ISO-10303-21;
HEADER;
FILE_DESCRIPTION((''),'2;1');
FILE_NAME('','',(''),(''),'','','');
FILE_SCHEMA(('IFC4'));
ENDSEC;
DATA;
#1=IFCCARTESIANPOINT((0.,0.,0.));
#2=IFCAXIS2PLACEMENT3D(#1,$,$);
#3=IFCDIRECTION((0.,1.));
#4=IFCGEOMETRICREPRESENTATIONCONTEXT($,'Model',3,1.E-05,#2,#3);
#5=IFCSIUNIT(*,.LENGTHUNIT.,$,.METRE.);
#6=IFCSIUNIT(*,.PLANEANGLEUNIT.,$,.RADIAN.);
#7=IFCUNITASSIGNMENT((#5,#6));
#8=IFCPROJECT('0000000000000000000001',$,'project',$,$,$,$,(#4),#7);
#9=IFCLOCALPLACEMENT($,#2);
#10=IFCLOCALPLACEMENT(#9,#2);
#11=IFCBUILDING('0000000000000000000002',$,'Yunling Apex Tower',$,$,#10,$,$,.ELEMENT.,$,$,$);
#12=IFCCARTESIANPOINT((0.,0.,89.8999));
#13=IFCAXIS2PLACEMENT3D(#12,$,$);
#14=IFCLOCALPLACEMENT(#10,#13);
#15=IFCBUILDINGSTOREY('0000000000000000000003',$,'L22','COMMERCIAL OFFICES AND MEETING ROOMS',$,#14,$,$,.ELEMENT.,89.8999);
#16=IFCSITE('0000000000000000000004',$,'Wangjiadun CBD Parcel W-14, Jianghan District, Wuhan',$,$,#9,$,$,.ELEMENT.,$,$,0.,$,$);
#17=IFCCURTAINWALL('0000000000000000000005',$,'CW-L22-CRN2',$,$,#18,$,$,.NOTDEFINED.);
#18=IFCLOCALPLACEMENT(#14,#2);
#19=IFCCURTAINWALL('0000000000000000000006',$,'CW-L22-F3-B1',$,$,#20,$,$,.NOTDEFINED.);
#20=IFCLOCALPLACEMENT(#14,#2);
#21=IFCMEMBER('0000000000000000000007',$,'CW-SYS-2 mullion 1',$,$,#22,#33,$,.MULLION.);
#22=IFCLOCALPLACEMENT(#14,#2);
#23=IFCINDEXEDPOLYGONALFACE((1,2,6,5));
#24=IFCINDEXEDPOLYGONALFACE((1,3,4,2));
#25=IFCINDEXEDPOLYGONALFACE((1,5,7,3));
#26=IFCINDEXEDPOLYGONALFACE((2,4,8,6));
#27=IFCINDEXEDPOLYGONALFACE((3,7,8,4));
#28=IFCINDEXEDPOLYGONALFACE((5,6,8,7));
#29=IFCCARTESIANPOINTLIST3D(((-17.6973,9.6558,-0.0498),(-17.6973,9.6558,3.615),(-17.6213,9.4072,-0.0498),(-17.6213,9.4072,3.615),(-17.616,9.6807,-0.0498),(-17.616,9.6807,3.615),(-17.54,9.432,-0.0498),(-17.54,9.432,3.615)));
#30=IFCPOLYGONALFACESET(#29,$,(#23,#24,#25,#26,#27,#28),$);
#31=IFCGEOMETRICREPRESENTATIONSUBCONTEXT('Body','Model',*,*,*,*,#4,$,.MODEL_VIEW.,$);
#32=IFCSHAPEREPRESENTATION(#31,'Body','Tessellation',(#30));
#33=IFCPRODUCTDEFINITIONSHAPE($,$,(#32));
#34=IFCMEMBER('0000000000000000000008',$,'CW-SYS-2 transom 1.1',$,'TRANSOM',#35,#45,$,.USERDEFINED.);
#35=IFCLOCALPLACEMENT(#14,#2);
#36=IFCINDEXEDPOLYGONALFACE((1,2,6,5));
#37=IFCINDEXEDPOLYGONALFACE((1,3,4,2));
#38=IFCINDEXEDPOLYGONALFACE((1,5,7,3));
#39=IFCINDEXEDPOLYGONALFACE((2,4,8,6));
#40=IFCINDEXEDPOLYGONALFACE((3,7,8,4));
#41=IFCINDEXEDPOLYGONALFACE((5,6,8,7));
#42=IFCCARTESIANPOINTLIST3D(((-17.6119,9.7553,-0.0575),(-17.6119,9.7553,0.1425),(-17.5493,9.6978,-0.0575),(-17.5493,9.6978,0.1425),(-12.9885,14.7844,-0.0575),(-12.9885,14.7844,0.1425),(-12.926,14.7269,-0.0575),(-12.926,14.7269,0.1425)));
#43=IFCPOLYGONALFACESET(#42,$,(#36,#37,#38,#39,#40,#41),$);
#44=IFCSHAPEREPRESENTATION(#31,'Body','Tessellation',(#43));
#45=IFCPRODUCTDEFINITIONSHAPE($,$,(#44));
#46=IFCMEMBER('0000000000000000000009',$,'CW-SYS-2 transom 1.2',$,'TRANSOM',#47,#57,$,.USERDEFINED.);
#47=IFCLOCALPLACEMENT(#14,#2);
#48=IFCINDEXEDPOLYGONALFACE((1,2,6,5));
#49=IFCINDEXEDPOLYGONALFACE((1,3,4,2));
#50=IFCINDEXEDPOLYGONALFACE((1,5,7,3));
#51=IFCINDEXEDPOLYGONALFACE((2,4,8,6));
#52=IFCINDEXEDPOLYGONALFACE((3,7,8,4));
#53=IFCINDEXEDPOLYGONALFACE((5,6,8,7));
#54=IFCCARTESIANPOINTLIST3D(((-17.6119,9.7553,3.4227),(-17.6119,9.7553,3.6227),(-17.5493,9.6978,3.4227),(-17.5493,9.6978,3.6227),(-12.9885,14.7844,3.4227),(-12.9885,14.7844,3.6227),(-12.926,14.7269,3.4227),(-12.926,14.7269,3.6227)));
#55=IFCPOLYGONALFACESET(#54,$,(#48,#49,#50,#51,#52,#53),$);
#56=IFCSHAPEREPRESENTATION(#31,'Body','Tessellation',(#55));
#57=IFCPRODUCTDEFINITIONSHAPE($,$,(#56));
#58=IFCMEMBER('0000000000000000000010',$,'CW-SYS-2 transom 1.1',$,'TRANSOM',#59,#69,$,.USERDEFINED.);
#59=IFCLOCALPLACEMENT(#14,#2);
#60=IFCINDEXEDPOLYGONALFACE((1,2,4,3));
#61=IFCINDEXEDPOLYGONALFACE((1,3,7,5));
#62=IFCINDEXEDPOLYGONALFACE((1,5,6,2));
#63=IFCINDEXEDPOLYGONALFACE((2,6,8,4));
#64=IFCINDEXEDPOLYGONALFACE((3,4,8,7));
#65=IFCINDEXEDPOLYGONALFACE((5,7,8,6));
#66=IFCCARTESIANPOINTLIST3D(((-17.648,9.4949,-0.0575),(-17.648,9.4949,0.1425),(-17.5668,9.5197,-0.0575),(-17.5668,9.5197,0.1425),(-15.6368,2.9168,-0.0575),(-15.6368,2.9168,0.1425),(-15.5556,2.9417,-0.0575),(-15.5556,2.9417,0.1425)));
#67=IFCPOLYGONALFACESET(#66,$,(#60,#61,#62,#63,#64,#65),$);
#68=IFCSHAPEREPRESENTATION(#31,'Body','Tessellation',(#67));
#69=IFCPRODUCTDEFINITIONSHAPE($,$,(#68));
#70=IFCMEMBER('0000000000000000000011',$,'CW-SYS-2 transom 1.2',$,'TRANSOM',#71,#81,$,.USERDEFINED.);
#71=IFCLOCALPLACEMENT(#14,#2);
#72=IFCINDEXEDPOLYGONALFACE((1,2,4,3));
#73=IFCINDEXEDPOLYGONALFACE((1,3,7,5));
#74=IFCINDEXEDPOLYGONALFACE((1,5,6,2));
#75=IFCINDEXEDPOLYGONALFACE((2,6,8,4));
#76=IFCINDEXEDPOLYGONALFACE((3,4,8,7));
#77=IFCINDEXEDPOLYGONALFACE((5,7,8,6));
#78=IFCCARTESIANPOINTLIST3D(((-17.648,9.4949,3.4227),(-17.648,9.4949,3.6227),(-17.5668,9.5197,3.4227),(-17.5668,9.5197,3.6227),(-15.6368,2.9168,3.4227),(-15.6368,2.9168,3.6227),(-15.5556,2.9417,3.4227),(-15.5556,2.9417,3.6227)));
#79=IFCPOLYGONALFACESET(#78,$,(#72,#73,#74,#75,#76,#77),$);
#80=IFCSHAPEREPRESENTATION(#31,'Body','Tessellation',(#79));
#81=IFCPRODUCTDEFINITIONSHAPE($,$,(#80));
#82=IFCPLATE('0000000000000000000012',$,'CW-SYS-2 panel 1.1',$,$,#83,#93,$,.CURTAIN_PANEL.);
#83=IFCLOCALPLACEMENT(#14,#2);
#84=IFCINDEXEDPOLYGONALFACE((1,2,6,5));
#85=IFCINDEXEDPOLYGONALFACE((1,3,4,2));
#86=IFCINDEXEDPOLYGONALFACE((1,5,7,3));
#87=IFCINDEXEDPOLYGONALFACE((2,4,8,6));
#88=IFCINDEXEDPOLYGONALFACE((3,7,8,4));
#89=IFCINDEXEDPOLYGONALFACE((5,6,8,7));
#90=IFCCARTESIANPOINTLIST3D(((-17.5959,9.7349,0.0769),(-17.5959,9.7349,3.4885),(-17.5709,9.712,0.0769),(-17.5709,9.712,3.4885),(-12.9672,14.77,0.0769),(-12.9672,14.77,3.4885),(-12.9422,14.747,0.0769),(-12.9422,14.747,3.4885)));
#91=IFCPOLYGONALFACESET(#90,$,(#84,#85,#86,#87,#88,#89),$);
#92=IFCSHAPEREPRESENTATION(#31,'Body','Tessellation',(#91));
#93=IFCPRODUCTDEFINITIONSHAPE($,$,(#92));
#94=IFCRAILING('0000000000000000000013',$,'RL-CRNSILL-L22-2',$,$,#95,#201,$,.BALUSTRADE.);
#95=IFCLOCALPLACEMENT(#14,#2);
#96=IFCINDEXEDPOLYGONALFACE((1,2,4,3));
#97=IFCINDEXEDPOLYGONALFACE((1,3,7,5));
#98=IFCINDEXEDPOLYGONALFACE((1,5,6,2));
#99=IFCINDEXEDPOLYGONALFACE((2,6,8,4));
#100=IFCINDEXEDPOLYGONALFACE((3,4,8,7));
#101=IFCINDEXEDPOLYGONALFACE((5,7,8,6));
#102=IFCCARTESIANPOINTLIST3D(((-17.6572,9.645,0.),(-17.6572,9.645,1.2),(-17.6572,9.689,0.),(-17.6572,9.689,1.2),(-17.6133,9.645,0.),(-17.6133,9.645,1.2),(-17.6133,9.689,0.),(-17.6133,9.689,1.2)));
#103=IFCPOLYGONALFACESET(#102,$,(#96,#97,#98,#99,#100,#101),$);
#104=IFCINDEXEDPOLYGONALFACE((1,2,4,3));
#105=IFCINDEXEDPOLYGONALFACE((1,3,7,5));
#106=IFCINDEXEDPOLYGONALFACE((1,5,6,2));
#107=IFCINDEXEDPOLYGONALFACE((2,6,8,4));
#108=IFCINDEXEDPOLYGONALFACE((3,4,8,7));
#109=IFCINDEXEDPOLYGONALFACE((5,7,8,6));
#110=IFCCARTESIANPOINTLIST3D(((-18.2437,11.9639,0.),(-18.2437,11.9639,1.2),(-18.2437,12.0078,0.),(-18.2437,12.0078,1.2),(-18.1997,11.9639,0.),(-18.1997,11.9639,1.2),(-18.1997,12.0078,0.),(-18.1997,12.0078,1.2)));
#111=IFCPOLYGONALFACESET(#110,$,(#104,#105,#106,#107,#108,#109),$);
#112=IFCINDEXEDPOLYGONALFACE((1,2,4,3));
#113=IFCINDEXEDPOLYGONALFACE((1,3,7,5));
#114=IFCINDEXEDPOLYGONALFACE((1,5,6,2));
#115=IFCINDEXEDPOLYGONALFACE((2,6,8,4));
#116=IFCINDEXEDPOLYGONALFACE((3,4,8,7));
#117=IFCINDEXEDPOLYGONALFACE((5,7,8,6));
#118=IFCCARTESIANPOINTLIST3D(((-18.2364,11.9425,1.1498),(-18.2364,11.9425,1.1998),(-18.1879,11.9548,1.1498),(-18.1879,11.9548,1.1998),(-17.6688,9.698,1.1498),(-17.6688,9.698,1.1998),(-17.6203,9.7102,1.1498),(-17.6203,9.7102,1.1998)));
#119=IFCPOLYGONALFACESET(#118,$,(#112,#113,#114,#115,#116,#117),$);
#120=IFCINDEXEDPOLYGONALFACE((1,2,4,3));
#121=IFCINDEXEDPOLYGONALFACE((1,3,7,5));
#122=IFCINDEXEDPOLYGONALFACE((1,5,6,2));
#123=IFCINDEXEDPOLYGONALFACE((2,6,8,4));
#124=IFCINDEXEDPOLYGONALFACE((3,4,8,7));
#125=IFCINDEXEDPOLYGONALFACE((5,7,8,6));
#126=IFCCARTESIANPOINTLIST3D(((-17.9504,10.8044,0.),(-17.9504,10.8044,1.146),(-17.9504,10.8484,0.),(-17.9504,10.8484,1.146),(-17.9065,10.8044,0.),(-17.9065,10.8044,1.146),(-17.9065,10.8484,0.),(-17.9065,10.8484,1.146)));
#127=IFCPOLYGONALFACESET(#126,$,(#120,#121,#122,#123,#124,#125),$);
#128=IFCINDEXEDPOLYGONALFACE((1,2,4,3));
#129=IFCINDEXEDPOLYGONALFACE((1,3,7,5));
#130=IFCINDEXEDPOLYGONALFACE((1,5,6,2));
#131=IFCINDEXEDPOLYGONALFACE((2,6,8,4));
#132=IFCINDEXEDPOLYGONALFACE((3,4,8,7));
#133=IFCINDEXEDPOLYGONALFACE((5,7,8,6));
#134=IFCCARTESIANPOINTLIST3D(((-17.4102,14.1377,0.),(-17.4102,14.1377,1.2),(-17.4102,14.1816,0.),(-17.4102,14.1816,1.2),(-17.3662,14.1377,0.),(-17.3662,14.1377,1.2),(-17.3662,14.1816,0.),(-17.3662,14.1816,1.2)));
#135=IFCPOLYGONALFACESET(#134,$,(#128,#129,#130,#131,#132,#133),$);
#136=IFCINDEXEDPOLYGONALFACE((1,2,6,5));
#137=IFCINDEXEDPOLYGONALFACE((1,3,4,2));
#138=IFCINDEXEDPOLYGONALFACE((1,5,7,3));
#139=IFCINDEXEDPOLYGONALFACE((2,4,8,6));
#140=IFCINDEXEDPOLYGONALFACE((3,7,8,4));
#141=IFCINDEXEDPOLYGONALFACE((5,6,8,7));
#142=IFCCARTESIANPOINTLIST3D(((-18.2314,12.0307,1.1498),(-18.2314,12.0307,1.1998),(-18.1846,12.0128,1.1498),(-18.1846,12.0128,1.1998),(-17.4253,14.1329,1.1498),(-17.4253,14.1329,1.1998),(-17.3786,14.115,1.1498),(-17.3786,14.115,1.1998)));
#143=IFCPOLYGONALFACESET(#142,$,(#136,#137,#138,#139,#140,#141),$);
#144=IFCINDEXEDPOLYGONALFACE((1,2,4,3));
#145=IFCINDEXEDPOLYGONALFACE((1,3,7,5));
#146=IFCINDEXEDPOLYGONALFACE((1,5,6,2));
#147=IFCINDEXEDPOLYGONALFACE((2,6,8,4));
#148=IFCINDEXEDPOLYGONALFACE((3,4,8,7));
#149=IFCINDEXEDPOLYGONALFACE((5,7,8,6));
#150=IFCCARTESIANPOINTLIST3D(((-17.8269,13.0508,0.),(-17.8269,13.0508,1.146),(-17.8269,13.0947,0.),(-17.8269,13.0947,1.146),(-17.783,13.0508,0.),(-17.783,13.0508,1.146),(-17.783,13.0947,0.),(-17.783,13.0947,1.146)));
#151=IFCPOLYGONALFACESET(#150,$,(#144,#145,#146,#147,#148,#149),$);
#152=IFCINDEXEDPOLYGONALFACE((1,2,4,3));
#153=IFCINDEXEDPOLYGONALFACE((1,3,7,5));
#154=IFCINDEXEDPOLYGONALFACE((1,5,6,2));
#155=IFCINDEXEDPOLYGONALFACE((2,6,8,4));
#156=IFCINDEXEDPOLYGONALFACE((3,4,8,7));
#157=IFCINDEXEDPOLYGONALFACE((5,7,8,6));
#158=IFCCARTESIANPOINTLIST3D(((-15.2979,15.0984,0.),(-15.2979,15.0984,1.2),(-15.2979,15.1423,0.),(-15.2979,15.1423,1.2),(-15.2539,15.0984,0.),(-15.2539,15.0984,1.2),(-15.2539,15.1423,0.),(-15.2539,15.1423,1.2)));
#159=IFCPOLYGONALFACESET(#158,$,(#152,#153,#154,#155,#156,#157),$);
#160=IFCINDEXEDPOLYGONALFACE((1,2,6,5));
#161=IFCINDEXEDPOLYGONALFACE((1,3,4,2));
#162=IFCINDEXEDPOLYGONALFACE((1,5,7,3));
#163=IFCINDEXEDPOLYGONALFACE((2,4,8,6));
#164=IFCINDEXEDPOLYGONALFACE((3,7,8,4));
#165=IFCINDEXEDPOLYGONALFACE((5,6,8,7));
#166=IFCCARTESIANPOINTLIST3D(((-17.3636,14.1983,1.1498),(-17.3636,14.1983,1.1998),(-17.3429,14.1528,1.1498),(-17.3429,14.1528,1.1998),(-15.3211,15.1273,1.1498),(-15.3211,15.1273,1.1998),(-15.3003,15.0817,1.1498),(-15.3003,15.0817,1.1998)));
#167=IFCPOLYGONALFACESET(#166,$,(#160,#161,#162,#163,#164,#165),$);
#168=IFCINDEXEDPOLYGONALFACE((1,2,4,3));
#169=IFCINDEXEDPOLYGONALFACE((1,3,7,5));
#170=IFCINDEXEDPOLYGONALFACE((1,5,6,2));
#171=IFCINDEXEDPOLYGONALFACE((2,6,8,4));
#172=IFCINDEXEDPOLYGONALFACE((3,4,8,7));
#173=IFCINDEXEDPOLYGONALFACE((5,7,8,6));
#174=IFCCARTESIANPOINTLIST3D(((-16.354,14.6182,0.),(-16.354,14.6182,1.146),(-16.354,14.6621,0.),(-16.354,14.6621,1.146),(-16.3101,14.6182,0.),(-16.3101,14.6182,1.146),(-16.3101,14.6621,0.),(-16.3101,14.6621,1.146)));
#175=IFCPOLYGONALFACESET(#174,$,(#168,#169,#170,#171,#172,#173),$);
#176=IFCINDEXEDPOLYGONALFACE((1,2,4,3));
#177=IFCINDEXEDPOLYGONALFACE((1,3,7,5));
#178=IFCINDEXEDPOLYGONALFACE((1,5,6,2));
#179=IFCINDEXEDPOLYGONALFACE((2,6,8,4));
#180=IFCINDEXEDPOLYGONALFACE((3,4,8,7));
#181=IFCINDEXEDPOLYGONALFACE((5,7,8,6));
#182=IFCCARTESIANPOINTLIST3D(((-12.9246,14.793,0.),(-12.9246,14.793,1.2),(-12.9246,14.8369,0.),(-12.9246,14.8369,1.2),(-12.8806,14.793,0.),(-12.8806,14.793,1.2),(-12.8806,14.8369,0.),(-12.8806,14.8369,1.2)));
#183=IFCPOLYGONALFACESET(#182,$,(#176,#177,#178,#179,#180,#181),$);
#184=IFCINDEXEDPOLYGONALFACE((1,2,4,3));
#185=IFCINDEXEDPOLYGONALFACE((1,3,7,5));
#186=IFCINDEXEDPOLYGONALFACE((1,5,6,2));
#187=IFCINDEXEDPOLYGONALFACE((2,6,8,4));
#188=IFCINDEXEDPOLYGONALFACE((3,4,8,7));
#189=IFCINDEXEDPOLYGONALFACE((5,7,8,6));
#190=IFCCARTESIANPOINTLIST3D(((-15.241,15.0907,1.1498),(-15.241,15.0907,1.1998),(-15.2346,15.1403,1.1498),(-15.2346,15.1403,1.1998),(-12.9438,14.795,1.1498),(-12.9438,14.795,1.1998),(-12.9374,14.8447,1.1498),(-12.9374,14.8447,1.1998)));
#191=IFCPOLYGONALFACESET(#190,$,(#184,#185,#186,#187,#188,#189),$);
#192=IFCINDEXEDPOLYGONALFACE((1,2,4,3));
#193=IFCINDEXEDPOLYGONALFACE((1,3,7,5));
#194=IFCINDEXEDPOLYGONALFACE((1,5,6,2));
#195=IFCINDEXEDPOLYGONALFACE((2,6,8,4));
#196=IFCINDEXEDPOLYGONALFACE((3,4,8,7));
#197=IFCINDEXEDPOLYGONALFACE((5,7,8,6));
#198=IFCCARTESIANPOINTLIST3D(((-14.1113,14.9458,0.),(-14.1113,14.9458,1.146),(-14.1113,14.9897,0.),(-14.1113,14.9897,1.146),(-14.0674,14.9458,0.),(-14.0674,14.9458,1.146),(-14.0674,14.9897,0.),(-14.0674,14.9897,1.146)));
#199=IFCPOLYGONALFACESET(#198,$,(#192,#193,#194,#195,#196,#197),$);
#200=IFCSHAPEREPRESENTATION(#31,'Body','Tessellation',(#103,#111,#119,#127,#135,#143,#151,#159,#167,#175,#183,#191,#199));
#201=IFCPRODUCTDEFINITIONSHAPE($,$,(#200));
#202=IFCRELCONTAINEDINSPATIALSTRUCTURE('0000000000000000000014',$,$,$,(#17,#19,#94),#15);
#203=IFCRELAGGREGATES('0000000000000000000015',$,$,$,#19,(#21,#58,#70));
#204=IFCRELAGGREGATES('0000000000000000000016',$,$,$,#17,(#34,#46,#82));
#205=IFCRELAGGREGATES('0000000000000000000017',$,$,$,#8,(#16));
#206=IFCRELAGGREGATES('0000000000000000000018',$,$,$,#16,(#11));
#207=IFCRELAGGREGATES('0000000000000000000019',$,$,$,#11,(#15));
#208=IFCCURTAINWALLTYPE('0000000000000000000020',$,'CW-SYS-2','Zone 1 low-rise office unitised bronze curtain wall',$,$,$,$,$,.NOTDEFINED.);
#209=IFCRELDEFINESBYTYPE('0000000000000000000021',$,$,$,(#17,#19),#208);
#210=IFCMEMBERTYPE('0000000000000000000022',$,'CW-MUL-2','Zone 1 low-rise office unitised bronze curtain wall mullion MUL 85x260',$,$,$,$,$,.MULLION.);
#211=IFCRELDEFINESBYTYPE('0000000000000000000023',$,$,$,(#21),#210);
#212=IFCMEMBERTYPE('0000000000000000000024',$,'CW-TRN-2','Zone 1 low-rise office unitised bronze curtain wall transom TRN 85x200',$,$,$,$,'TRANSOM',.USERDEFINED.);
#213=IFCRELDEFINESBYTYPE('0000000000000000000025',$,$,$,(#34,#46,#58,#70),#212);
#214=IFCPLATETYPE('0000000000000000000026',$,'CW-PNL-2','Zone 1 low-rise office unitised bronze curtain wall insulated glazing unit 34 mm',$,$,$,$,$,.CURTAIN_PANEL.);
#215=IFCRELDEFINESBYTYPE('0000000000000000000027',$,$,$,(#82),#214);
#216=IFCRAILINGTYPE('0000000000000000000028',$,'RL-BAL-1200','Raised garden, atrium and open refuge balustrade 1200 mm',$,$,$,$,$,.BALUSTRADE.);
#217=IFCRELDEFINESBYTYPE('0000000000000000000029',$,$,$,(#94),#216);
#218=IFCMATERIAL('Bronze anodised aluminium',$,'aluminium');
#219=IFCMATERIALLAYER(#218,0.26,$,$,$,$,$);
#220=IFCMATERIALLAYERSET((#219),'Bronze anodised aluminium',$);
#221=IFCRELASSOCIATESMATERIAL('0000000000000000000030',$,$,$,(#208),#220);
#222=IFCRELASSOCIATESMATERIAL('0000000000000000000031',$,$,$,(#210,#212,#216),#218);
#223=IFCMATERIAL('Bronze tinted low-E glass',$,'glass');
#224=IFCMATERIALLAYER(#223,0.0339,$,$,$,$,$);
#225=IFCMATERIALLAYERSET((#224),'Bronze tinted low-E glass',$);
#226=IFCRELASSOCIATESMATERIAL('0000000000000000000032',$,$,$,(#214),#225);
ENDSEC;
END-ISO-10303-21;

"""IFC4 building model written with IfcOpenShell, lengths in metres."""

from ifc_helpers import new_model, si_unit, direction, frame, origin, origin_2d, place, context, subcontext, project, spatial, rectangle, extrude, source, transform, mapped, material, layer, layer_set, material_profile, profile_set, type_object, element, aggregate, save


model = new_model("IFC4")

# Units and contexts
model_context = context("Model", 3, precision=1e-05, world=origin(), true_north=direction((0.0, 1.0)))
body_context = subcontext(model_context, "Body", "Model", "MODEL_VIEW")
ifc_project = project(units=[si_unit("LENGTHUNIT", "METRE"), si_unit("PLANEANGLEUNIT", "RADIAN")], contexts=[model_context])

# Site, building, storey
site_placement = place(None, origin())
site = spatial("IfcSite", under=ifc_project, at=site_placement, Name="Wangjiadun CBD Parcel W-14, Jianghan District, Wuhan", CompositionType="ELEMENT", RefElevation=0.0)
building_placement = place(site_placement, origin())
building = spatial("IfcBuilding", under=site, at=building_placement, Name="Yunling Apex Tower", CompositionType="ELEMENT")
storey_placement = place(building_placement, frame((0.0, 0.0, 89.8999)))
storey = spatial("IfcBuildingStorey", under=building, at=storey_placement, Name="L22", Description="COMMERCIAL OFFICES AND MEETING ROOMS", CompositionType="ELEMENT", Elevation=89.8999)

# Shared definitions
ifc_material_1 = material(Name="Bronze anodised aluminium", Category="aluminium")
ifc_layer_1 = layer(ifc_material_1, 0.26)
ifc_layer_set_1 = layer_set([ifc_layer_1], Name="Bronze anodised aluminium")
curtain_wall_type = type_object("IfcCurtainWallType", Name="CW-SYS-2", Description="Zone 1 low-rise office unitised bronze curtain wall", PredefinedType="NOTDEFINED", material=ifc_layer_set_1)
ifc_material_profile_1 = material_profile(ifc_material_1, rectangle(XDim=0.085, YDim=0.26, at=origin_2d()))
ifc_profile_set_1 = profile_set([ifc_material_profile_1], Name="Bronze anodised aluminium")
member_type_1 = type_object("IfcMemberType", Name="CW-MUL-2", Description="Zone 1 low-rise office unitised bronze curtain wall mullion MUL 85x260", PredefinedType="MULLION", material=ifc_profile_set_1)
shared_shape_1 = source(origin(), body_context, "Body", "SweptSolid", [
    extrude(rectangle(XDim=0.085, YDim=0.26, at=origin_2d()), origin(), (0.0, 0.0, 1.0), 3.6648),
])

# Curtain wall
curtain_wall_1_placement = place(storey_placement, origin())
curtain_wall_1 = element("IfcCurtainWall", 1, at=curtain_wall_1_placement, inside=storey, type_object=curtain_wall_type, Name="CW-L22-CRN2", PredefinedType="NOTDEFINED")

# Curtain wall, member
curtain_wall_2_placement = place(storey_placement, origin())
curtain_wall_2 = element("IfcCurtainWall", 2, at=curtain_wall_2_placement, inside=storey, type_object=curtain_wall_type, Name="CW-L22-F3-B1", PredefinedType="NOTDEFINED")
member_1_placement = place(storey_placement, frame((-17.6187, 9.5439, -0.0498), z_axis=(0.0, 0.0, 1.0), x_axis=(0.956304, 0.292373, 0.0)))
member_1 = element("IfcMember", 3, at=member_1_placement, type_object=member_type_1, Name="CW-SYS-2 mullion 1", PredefinedType="MULLION", context=body_context, shape_type="MappedRepresentation", body=[
    mapped(shared_shape_1, transform((0.0, 0.0, 0.0), scale=1.0)),
])

# Members
ifc_material_profile_2 = material_profile(ifc_material_1, rectangle(XDim=0.085, YDim=0.2, at=origin_2d()))
ifc_profile_set_2 = profile_set([ifc_material_profile_2], Name="Bronze anodised aluminium")
member_type_2 = type_object("IfcMemberType", Name="CW-TRN-2", Description="Zone 1 low-rise office unitised bronze curtain wall transom TRN 85x200", ElementType="TRANSOM", PredefinedType="USERDEFINED", material=ifc_profile_set_2)
shared_shape_2 = source(origin(), body_context, "Body", "SweptSolid", [
    extrude(rectangle(XDim=0.085, YDim=0.2, at=origin_2d()), origin(), (0.0, 0.0, 1.0), 6.8313),
])
member_2_placement = place(storey_placement, frame((-12.9573, 14.7556, 0.0425), z_axis=(-0.676784, -0.736182, 0.0), x_axis=(0.736182, -0.676784, 0.0)))
member_2 = element("IfcMember", 4, at=member_2_placement, type_object=member_type_2, Name="CW-SYS-2 transom 1.1", ObjectType="TRANSOM", PredefinedType="USERDEFINED", context=body_context, shape_type="MappedRepresentation", body=[
    mapped(shared_shape_2, transform((0.0, 0.0, 0.0), scale=1.0)),
])
member_3_placement = place(storey_placement, frame((-12.9573, 14.7556, 3.5227), z_axis=(-0.676784, -0.736182, 0.0), x_axis=(0.736182, -0.676784, 0.0)))
member_3 = element("IfcMember", 5, at=member_3_placement, type_object=member_type_2, Name="CW-SYS-2 transom 1.2", ObjectType="TRANSOM", PredefinedType="USERDEFINED", context=body_context, shape_type="MappedRepresentation", body=[
    mapped(shared_shape_2, transform((0.0, 0.0, 0.0), scale=1.0)),
])
shared_shape_3 = source(origin(), body_context, "Body", "SweptSolid", [
    extrude(rectangle(XDim=0.085, YDim=0.2, at=origin_2d()), origin(), (0.0, 0.0, 1.0), 6.8787),
])
member_4_placement = place(storey_placement, frame((-17.6074, 9.5073, 0.0425), z_axis=(0.292384, -0.956301, 0.0), x_axis=(0.956301, 0.292384, 0.0)))
member_4 = element("IfcMember", 6, at=member_4_placement, type_object=member_type_2, Name="CW-SYS-2 transom 1.1", ObjectType="TRANSOM", PredefinedType="USERDEFINED", context=body_context, shape_type="MappedRepresentation", body=[
    mapped(shared_shape_3, transform((0.0, 0.0, 0.0), scale=1.0)),
])
member_5_placement = place(storey_placement, frame((-17.6074, 9.5073, 3.5227), z_axis=(0.292384, -0.956301, 0.0), x_axis=(0.956301, 0.292384, 0.0)))
member_5 = element("IfcMember", 7, at=member_5_placement, type_object=member_type_2, Name="CW-SYS-2 transom 1.2", ObjectType="TRANSOM", PredefinedType="USERDEFINED", context=body_context, shape_type="MappedRepresentation", body=[
    mapped(shared_shape_3, transform((0.0, 0.0, 0.0), scale=1.0)),
])
aggregate(curtain_wall_2, [member_1, member_4, member_5])

# Plate
ifc_material_2 = material(Name="Bronze tinted low-E glass", Category="glass")
ifc_layer_2 = layer(ifc_material_2, 0.0339)
ifc_layer_set_2 = layer_set([ifc_layer_2], Name="Bronze tinted low-E glass")
plate_type = type_object("IfcPlateType", Name="CW-PNL-2", Description="Zone 1 low-rise office unitised bronze curtain wall insulated glazing unit 34 mm", PredefinedType="CURTAIN_PANEL", material=ifc_layer_set_2)
shared_shape_4 = source(origin(), body_context, "Body", "SweptSolid", [
    extrude(rectangle(XDim=6.8394, YDim=0.0339, at=origin_2d()), origin(), (0.0, 0.0, 1.0), 3.4116),
])
plate_placement = place(storey_placement, frame((-15.269, 12.241, 0.0769), z_axis=(0.0, 0.0, 1.0), x_axis=(-0.676781, -0.736185, 0.0)))
plate = element("IfcPlate", 8, at=plate_placement, type_object=plate_type, Name="CW-SYS-2 panel 1.1", PredefinedType="CURTAIN_PANEL", context=body_context, shape_type="MappedRepresentation", body=[
    mapped(shared_shape_4, transform((0.0, 0.0, 0.0), scale=1.0)),
])
aggregate(curtain_wall_1, [member_2, member_3, plate])

# Railing
railing_type = type_object("IfcRailingType", Name="RL-BAL-1200", Description="Raised garden, atrium and open refuge balustrade 1200 mm", PredefinedType="BALUSTRADE", material=ifc_material_1)
railing_placement = place(storey_placement, frame((-17.6353, 9.667, 0.0)))
element("IfcRailing", 9, at=railing_placement, inside=storey, type_object=railing_type, Name="RL-CRNSILL-L22-2", PredefinedType="BALUSTRADE", context=body_context, shape_type="SweptSolid", body=[
    extrude(rectangle(XDim=0.0439, YDim=0.0439, at=origin_2d()), origin(), (0.0, 0.0, 1.0), 1.2),
    extrude(rectangle(XDim=0.0439, YDim=0.0439, at=origin_2d()), frame((-0.5864, 2.3188, 0.0)), (0.0, 0.0, 1.0), 1.2),
    extrude(rectangle(XDim=0.05, YDim=0.05, at=origin_2d()), frame((-0.0093, 0.0371, 1.1748), z_axis=(-0.245177, 0.969478, 0.0), x_axis=(-0.969478, -0.245177, 0.0)), (0.0, 0.0, 1.0), 2.3152),
    extrude(rectangle(XDim=0.0439, YDim=0.0439, at=origin_2d()), frame((-0.2932, 1.1594, 0.0)), (0.0, 0.0, 1.0), 1.146),
    extrude(rectangle(XDim=0.0439, YDim=0.0439, at=origin_2d()), frame((0.2471, 4.4927, 0.0)), (0.0, 0.0, 1.0), 1.2),
    extrude(rectangle(XDim=0.05, YDim=0.05, at=origin_2d()), frame((-0.5728, 2.3547, 1.1748), z_axis=(0.358009, 0.933718, 0.0), x_axis=(-0.933718, 0.358009, 0.0)), (0.0, 0.0, 1.0), 2.2515),
    extrude(rectangle(XDim=0.0439, YDim=0.0439, at=origin_2d()), frame((-0.1697, 3.4058, 0.0)), (0.0, 0.0, 1.0), 1.146),
    extrude(rectangle(XDim=0.0439, YDim=0.0439, at=origin_2d()), frame((2.3594, 5.4534, 0.0)), (0.0, 0.0, 1.0), 1.2),
    extrude(rectangle(XDim=0.05, YDim=0.05, at=origin_2d()), frame((0.282, 4.5085, 1.1748), z_axis=(0.910276, 0.414001, 0.0), x_axis=(-0.414001, 0.910276, 0.0)), (0.0, 0.0, 1.0), 2.2439),
    extrude(rectangle(XDim=0.0439, YDim=0.0439, at=origin_2d()), frame((1.3032, 4.9731, 0.0)), (0.0, 0.0, 1.0), 1.146),
    extrude(rectangle(XDim=0.0439, YDim=0.0439, at=origin_2d()), frame((4.7327, 5.1479, 0.0)), (0.0, 0.0, 1.0), 1.2),
    extrude(rectangle(XDim=0.05, YDim=0.05, at=origin_2d()), frame((2.3975, 5.4485, 1.1748), z_axis=(0.991821, -0.127638, 0.0), x_axis=(0.127638, 0.991821, 0.0)), (0.0, 0.0, 1.0), 2.3162),
    extrude(rectangle(XDim=0.0439, YDim=0.0439, at=origin_2d()), frame((3.5459, 5.3008, 0.0)), (0.0, 0.0, 1.0), 1.146),
])

save(model, "model.ifc")
